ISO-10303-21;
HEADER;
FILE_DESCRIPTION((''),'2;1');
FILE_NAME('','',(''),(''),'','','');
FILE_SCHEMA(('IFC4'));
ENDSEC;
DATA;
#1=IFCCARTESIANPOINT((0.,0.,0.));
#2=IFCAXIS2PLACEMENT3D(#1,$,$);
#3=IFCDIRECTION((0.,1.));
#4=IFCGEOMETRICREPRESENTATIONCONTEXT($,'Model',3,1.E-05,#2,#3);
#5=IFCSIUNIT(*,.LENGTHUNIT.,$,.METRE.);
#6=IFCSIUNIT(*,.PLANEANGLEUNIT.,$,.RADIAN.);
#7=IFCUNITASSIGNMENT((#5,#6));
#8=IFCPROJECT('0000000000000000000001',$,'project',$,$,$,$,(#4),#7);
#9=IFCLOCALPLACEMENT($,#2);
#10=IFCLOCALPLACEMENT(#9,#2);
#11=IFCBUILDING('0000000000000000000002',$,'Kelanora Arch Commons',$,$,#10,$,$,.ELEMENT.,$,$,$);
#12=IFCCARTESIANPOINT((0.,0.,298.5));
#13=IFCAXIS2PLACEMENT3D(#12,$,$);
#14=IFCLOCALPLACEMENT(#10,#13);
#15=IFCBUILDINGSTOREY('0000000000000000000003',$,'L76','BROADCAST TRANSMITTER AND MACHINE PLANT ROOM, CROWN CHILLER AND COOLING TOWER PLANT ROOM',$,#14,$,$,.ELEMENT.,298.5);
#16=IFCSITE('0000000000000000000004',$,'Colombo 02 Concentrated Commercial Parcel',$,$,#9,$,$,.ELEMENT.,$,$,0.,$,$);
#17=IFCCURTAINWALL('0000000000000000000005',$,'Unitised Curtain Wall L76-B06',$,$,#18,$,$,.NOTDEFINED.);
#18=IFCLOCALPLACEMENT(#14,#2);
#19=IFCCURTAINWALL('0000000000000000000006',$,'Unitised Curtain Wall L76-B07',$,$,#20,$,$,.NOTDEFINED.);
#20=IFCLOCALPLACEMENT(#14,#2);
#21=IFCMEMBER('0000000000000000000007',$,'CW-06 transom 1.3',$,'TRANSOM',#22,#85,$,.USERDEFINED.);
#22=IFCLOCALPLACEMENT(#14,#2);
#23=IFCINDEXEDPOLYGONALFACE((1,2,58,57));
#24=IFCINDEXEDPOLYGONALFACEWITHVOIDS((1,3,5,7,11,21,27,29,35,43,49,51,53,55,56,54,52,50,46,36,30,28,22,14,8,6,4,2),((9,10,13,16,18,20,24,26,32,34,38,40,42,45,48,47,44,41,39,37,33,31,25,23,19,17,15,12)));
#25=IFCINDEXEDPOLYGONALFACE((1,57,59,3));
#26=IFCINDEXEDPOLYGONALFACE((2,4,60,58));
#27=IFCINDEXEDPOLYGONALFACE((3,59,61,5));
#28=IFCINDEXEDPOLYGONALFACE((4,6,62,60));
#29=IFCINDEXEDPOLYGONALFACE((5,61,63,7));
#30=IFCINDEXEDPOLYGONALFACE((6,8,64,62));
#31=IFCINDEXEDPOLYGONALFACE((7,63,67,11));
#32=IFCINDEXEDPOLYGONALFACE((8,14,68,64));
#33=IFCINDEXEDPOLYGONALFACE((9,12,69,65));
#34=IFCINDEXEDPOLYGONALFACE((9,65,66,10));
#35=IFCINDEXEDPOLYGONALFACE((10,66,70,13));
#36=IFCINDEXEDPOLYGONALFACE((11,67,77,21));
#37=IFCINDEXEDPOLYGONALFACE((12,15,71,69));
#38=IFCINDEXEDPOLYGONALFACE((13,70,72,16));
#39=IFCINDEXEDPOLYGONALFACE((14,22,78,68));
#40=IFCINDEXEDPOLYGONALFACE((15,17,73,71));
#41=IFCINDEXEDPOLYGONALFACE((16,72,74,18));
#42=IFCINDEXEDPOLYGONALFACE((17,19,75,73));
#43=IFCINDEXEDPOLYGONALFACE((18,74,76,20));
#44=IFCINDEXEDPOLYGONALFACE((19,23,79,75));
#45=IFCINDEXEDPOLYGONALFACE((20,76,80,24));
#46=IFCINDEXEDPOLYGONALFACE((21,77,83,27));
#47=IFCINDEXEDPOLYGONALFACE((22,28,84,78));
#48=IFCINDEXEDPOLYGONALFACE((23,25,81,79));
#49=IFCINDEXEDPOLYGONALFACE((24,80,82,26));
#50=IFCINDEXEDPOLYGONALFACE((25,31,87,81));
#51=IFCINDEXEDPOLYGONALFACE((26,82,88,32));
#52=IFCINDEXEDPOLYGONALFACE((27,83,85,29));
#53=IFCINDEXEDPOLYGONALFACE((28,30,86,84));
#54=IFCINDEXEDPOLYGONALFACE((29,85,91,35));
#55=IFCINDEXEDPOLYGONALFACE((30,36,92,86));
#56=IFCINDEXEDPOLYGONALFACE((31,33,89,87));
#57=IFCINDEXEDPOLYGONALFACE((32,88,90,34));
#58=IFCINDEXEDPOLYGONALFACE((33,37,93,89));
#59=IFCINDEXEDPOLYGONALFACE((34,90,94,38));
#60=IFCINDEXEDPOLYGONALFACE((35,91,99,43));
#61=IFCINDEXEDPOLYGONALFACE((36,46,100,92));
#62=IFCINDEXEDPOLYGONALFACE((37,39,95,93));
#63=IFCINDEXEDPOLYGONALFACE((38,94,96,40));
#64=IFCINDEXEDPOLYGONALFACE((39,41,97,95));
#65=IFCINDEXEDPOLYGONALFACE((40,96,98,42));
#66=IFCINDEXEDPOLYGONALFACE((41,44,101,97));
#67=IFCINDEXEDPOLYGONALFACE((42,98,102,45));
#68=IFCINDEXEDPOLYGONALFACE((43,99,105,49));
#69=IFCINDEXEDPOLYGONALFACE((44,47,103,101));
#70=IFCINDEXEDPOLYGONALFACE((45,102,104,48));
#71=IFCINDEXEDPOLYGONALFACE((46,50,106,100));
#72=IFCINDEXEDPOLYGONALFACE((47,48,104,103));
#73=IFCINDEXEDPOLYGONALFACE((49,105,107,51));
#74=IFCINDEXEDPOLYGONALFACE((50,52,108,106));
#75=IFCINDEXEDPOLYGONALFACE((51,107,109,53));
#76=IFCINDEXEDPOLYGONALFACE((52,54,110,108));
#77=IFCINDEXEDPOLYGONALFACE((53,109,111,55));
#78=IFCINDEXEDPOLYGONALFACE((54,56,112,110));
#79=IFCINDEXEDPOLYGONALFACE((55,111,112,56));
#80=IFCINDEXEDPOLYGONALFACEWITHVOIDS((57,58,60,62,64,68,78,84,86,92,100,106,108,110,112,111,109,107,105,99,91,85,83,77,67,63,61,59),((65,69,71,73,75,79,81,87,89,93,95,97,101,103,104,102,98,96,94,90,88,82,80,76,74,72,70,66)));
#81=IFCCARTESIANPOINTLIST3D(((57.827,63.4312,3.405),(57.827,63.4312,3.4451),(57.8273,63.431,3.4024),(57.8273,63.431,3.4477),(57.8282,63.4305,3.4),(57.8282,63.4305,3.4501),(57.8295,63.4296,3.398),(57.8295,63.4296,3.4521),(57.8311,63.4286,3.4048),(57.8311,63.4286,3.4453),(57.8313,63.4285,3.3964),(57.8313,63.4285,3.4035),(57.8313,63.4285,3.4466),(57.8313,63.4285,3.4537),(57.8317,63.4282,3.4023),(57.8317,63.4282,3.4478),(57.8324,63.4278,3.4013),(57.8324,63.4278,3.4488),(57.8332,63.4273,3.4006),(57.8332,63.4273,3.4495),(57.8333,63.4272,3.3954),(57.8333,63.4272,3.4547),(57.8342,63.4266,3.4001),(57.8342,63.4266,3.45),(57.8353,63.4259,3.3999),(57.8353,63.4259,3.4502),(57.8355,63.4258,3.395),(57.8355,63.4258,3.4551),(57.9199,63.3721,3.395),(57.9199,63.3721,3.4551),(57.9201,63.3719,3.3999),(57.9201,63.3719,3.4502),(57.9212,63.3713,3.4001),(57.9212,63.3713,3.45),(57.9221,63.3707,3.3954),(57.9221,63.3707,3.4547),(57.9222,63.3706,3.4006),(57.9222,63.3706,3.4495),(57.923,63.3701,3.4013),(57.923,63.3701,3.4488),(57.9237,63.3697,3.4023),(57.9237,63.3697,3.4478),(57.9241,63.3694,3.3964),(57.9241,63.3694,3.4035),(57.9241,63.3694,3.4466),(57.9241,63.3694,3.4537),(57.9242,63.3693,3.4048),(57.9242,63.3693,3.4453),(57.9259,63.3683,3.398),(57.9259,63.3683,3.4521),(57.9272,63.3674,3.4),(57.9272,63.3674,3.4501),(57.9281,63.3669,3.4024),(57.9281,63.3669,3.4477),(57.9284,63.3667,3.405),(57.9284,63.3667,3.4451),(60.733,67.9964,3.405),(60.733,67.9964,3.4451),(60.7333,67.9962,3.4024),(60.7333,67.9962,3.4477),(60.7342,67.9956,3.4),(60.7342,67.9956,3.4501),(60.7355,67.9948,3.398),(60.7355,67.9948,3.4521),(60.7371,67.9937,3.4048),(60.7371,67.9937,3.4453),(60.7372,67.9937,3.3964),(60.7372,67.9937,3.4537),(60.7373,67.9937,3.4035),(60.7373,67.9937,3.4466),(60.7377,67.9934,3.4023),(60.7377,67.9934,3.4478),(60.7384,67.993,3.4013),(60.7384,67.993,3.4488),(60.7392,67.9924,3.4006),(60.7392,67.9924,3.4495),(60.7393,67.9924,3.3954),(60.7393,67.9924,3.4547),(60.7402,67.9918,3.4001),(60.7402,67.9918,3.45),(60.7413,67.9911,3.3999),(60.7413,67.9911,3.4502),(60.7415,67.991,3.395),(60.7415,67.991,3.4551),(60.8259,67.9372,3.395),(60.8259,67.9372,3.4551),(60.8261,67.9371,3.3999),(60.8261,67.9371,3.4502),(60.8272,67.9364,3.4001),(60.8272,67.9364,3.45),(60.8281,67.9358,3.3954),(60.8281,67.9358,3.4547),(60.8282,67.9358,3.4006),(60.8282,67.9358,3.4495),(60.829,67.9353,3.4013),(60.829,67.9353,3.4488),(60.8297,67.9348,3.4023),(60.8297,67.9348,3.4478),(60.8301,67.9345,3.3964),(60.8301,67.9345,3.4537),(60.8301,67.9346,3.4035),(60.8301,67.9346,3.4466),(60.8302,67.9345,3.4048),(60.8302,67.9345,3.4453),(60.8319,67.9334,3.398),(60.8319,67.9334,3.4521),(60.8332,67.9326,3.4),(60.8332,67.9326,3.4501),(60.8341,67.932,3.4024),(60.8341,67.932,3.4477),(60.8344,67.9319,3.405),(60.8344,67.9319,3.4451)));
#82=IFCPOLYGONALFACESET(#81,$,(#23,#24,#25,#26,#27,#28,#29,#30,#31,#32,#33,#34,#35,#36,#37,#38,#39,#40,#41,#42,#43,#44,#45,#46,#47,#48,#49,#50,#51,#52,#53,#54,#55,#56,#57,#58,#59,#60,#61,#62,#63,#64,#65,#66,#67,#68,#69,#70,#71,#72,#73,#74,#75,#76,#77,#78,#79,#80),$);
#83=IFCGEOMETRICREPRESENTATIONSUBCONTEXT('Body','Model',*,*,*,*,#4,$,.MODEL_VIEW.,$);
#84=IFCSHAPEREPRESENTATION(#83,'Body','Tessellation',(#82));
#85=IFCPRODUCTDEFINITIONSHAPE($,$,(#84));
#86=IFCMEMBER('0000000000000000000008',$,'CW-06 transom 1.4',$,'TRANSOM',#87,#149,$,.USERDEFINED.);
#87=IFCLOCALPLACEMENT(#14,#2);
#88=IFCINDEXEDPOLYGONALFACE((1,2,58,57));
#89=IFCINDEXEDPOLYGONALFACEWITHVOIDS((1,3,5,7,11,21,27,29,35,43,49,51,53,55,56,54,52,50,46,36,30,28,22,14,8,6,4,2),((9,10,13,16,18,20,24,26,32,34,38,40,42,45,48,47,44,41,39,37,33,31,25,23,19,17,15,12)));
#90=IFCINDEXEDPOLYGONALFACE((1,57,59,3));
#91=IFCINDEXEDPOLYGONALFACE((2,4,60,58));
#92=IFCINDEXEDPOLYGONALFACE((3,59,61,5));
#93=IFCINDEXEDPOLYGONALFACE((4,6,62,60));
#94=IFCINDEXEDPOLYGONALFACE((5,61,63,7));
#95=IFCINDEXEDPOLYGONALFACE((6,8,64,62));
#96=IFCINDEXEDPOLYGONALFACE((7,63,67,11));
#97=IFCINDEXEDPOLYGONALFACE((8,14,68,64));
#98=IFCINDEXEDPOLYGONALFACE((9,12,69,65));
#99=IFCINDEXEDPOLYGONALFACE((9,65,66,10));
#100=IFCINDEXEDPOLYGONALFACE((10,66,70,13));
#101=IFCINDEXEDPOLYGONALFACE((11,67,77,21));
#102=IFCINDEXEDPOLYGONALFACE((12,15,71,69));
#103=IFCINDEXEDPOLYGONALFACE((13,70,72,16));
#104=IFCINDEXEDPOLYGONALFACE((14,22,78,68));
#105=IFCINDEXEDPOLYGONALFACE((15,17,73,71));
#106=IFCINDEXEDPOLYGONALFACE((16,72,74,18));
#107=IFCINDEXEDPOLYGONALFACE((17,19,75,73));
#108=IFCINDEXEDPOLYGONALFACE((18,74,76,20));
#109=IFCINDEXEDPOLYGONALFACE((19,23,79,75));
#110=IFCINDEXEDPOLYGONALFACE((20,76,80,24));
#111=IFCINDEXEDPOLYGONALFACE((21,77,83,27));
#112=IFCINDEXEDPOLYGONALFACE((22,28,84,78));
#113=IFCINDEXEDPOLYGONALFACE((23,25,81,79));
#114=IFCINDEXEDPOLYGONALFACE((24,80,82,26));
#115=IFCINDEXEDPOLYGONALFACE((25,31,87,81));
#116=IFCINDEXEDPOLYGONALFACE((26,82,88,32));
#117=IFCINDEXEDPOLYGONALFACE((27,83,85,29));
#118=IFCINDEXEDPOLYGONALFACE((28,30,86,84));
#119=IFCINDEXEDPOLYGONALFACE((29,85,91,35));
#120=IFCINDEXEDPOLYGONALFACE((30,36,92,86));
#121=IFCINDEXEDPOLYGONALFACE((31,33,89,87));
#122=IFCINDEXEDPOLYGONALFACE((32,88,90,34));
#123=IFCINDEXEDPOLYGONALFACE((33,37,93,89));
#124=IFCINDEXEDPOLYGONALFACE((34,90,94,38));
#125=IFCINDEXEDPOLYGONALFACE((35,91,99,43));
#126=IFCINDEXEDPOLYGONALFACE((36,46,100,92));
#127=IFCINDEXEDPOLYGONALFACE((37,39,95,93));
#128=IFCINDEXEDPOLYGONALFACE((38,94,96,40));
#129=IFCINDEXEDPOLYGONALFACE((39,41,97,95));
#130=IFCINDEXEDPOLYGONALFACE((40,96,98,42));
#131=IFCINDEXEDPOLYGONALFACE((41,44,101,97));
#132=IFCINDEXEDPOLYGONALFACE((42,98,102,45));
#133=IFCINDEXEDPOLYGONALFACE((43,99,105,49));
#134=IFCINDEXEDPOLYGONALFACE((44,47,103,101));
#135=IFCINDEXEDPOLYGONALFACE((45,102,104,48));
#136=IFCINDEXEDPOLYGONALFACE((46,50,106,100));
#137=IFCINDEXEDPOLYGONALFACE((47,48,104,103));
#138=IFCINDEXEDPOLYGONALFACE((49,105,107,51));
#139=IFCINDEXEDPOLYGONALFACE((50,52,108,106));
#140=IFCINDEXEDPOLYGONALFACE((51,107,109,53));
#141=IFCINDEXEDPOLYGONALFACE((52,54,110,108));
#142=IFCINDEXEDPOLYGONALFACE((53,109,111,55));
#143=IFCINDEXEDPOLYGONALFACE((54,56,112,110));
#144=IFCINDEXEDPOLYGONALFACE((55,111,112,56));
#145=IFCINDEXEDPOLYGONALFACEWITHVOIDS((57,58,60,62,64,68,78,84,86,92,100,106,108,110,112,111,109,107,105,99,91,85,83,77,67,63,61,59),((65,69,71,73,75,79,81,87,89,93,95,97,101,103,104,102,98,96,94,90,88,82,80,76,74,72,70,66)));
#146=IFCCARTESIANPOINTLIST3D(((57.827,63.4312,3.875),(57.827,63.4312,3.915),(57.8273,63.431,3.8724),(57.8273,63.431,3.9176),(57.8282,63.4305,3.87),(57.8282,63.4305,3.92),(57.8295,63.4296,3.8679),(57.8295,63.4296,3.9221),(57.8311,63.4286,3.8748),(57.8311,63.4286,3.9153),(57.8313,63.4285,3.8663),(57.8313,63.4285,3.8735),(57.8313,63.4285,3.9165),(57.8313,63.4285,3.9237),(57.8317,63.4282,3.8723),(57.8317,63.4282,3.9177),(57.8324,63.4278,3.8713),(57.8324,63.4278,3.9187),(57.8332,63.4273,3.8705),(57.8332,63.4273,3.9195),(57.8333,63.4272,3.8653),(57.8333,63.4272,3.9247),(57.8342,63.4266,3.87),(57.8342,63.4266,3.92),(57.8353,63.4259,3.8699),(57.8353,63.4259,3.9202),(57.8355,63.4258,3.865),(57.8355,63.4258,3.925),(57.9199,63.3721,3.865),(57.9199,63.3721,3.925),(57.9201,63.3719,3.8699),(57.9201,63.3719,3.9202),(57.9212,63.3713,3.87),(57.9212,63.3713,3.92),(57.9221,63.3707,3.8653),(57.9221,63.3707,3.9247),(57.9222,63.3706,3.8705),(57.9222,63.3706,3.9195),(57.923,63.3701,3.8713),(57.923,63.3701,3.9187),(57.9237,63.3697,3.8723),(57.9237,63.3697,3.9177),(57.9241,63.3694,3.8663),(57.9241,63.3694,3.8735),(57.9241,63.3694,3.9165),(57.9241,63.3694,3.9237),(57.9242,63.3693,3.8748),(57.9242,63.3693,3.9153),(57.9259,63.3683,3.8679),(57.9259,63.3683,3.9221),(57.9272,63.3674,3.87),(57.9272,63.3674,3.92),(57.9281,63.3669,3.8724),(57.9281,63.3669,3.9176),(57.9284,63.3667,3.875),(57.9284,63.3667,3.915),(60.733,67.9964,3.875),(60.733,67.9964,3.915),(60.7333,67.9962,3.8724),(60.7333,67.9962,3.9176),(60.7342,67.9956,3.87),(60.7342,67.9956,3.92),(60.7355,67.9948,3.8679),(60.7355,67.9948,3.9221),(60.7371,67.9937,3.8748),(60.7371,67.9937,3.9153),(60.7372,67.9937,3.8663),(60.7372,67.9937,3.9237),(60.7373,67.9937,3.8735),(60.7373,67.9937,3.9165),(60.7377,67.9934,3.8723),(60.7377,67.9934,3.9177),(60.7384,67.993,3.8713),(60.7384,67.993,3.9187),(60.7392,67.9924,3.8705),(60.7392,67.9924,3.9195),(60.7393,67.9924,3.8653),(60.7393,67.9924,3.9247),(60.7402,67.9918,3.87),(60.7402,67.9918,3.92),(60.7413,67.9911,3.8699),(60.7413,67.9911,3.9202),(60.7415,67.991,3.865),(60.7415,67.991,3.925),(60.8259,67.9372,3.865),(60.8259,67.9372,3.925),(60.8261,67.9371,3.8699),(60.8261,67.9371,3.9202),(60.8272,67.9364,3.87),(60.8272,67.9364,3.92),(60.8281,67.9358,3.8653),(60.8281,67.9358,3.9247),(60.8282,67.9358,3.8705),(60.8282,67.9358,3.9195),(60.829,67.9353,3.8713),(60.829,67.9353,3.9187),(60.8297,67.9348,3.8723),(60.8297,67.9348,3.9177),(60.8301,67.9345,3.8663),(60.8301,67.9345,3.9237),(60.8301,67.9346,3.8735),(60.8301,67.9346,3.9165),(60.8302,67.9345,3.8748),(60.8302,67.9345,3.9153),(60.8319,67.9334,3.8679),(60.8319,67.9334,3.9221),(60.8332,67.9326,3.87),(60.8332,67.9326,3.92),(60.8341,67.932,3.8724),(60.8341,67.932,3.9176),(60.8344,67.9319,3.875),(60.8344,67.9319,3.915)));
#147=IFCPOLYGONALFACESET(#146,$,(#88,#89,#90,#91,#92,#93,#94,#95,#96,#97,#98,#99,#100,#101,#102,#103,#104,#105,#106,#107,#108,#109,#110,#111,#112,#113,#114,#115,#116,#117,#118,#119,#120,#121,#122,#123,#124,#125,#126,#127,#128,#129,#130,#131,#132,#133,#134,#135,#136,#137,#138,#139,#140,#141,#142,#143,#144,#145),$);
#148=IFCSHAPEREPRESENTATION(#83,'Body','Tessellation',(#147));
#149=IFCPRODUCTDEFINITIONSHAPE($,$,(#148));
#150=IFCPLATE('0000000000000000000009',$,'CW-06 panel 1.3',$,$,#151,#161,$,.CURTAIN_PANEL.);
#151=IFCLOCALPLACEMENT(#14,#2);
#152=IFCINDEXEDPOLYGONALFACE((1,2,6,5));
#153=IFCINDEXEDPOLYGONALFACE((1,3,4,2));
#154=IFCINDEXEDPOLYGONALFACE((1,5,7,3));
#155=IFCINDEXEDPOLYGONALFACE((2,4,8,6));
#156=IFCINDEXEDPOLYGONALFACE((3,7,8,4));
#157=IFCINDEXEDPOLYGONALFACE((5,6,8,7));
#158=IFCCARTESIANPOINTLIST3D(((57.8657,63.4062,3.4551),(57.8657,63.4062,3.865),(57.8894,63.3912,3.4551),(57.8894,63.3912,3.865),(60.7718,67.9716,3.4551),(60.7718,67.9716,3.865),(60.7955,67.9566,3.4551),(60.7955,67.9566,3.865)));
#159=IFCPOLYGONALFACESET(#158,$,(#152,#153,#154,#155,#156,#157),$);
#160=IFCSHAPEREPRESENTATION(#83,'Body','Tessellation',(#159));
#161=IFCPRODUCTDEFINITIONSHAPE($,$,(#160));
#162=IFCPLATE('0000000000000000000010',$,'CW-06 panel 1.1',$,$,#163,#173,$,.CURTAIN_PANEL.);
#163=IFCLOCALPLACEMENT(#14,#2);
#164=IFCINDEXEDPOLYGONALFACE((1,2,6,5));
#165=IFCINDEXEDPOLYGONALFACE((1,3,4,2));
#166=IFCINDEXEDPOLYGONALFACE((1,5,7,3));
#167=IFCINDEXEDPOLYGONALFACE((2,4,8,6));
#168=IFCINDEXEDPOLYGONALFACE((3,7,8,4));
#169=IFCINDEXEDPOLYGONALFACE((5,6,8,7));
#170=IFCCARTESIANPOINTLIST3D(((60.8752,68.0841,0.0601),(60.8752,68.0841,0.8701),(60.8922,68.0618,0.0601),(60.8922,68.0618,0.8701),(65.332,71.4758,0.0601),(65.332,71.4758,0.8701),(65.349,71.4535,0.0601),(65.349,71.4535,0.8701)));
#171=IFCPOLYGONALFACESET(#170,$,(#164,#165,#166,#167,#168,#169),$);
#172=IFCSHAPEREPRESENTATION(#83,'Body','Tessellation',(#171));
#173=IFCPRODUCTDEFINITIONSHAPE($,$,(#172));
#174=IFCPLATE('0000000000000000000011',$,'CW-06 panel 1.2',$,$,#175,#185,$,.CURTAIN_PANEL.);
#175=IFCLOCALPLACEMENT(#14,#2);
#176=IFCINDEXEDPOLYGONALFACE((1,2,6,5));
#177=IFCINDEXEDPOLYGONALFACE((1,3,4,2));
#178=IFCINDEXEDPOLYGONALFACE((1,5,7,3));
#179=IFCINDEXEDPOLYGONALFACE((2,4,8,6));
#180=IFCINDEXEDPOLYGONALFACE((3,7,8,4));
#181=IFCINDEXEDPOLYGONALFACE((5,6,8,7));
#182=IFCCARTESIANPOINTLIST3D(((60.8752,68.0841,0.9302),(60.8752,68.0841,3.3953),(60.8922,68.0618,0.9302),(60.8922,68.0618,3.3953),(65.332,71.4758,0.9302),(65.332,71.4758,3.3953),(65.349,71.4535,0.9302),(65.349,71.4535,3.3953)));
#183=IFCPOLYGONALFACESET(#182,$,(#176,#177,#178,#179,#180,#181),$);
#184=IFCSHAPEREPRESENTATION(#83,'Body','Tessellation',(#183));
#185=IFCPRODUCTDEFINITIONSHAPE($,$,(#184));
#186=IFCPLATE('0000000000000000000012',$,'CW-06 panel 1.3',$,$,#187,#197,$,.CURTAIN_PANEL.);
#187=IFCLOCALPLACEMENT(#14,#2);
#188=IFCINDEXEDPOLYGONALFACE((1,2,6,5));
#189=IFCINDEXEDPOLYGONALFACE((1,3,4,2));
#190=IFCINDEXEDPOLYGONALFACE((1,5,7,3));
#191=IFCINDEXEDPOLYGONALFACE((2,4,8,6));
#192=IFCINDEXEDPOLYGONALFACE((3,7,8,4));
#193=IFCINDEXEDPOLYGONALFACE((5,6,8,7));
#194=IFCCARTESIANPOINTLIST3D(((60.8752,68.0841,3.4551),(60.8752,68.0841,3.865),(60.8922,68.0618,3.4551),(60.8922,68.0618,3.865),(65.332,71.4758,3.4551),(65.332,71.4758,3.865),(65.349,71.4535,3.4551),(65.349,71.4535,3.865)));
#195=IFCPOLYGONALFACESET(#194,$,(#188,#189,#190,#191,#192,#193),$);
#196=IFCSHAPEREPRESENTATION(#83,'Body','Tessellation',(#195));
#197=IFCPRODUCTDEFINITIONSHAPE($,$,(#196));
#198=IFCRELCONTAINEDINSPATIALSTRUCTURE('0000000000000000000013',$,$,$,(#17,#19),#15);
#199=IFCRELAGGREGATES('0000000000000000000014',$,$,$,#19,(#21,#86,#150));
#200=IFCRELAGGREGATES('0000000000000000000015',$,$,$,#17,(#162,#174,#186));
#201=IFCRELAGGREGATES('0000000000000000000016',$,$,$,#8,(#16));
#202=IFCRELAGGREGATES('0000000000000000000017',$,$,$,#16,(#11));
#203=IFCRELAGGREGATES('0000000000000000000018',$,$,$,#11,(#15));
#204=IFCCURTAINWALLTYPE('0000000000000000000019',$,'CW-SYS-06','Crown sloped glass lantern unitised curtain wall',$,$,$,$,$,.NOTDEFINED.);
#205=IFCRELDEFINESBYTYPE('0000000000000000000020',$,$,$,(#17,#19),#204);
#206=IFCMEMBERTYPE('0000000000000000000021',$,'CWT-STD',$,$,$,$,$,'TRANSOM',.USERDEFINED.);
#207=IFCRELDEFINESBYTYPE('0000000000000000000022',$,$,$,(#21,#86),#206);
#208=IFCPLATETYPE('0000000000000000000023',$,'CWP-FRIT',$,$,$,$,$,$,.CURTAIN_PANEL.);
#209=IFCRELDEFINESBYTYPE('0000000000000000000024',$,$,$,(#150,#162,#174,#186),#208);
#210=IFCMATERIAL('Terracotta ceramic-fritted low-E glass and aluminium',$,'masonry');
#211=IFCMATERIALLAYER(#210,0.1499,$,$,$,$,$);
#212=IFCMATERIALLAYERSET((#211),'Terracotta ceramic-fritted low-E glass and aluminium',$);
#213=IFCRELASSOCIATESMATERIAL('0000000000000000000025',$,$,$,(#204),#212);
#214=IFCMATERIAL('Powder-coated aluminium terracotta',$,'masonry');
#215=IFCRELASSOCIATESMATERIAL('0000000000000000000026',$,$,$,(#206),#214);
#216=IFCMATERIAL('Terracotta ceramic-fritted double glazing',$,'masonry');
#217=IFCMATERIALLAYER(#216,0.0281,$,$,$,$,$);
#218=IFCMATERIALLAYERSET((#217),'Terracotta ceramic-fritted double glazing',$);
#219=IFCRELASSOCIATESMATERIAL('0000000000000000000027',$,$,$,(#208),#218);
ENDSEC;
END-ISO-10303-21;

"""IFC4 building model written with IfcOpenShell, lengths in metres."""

from ifc_helpers import new_model, si_unit, direction, frame, origin, origin_2d, place, context, subcontext, project, spatial, rectangle, hollow_rectangle, extrude, source, transform, mapped, material, layer, layer_set, material_profile, profile_set, type_object, element, aggregate, save


model = new_model("IFC4")

# Units and contexts
model_context = context("Model", 3, precision=1e-05, world=origin(), true_north=direction((0.0, 1.0)))
body_context = subcontext(model_context, "Body", "Model", "MODEL_VIEW")
ifc_project = project(units=[si_unit("LENGTHUNIT", "METRE"), si_unit("PLANEANGLEUNIT", "RADIAN")], contexts=[model_context])

# Site, building, storey
site_placement = place(None, origin())
site = spatial("IfcSite", under=ifc_project, at=site_placement, Name="Colombo 02 Concentrated Commercial Parcel", CompositionType="ELEMENT", RefElevation=0.0)
building_placement = place(site_placement, origin())
building = spatial("IfcBuilding", under=site, at=building_placement, Name="Kelanora Arch Commons", CompositionType="ELEMENT")
storey_placement = place(building_placement, frame((0.0, 0.0, 298.5)))
storey = spatial("IfcBuildingStorey", under=building, at=storey_placement, Name="L76", Description="BROADCAST TRANSMITTER AND MACHINE PLANT ROOM, CROWN CHILLER AND COOLING TOWER PLANT ROOM", CompositionType="ELEMENT", Elevation=298.5)

# Shared definitions
ifc_material_1 = material(Name="Terracotta ceramic-fritted low-E glass and aluminium", Category="masonry")
ifc_layer_1 = layer(ifc_material_1, 0.1499)
ifc_layer_set_1 = layer_set([ifc_layer_1], Name="Terracotta ceramic-fritted low-E glass and aluminium")
curtain_wall_type = type_object("IfcCurtainWallType", Name="CW-SYS-06", Description="Crown sloped glass lantern unitised curtain wall", PredefinedType="NOTDEFINED", material=ifc_layer_set_1)
ifc_material_2 = material(Name="Powder-coated aluminium terracotta", Category="masonry")

# Curtain wall
curtain_wall_1_placement = place(storey_placement, origin())
curtain_wall_1 = element("IfcCurtainWall", 1, at=curtain_wall_1_placement, inside=storey, type_object=curtain_wall_type, Name="Unitised Curtain Wall L76-B06", PredefinedType="NOTDEFINED")

# Curtain wall
curtain_wall_2_placement = place(storey_placement, origin())
curtain_wall_2 = element("IfcCurtainWall", 2, at=curtain_wall_2_placement, inside=storey, type_object=curtain_wall_type, Name="Unitised Curtain Wall L76-B07", PredefinedType="NOTDEFINED")

# Members
ifc_material_profile_1 = material_profile(ifc_material_2, hollow_rectangle(XDim=0.1201, YDim=0.0601, WallThickness=0.0049, InnerFilletRadius=0.0049, OuterFilletRadius=0.01, at=origin_2d()), Name="CWT120x60")
ifc_profile_set_1 = profile_set([ifc_material_profile_1], Name="Powder-coated aluminium terracotta")
member_type_1 = type_object("IfcMemberType", Name="CWT-STD", ElementType="TRANSOM", PredefinedType="USERDEFINED", material=ifc_profile_set_1)
member_1_placement = place(storey_placement, frame((60.7837, 67.9641, 3.425), z_axis=(-0.536992, -0.843587, 0.0), x_axis=(0.843587, -0.536992, 0.0)))
member_1 = element("IfcMember", 3, at=member_1_placement, type_object=member_type_1, Name="CW-06 transom 1.3", ObjectType="TRANSOM", PredefinedType="USERDEFINED", context=body_context, shape_type="SweptSolid", body=[
    extrude(hollow_rectangle(XDim=0.1201, YDim=0.0601, WallThickness=0.0049, InnerFilletRadius=0.0049, OuterFilletRadius=0.01, at=origin_2d()), origin(), (0.0, 0.0, 1.0), 5.4116),
])
member_2_placement = place(storey_placement, frame((60.7837, 67.9641, 3.895), z_axis=(-0.536992, -0.843587, 0.0), x_axis=(0.843587, -0.536992, 0.0)))
member_2 = element("IfcMember", 4, at=member_2_placement, type_object=member_type_1, Name="CW-06 transom 1.4", ObjectType="TRANSOM", PredefinedType="USERDEFINED", context=body_context, shape_type="SweptSolid", body=[
    extrude(hollow_rectangle(XDim=0.1201, YDim=0.0601, WallThickness=0.0049, InnerFilletRadius=0.0049, OuterFilletRadius=0.01, at=origin_2d()), origin(), (0.0, 0.0, 1.0), 5.4116),
])

# Plates
ifc_material_3 = material(Name="Terracotta ceramic-fritted double glazing", Category="masonry")
ifc_layer_2 = layer(ifc_material_3, 0.0281)
ifc_layer_set_2 = layer_set([ifc_layer_2], Name="Terracotta ceramic-fritted double glazing")
plate_type = type_object("IfcPlateType", Name="CWP-FRIT", PredefinedType="CURTAIN_PANEL", material=ifc_layer_set_2)
shared_shape_1 = source(origin(), body_context, "Body", "SweptSolid", [
    extrude(rectangle(XDim=5.4119, YDim=0.0281, at=origin_2d()), origin(), (0.0, 0.0, 1.0), 0.4099),
])
plate_1_placement = place(storey_placement, frame((59.3306, 65.6814, 3.4551), z_axis=(0.0, 0.0, 1.0), x_axis=(-0.536984, -0.843592, 0.0)))
plate_1 = element("IfcPlate", 5, at=plate_1_placement, type_object=plate_type, Name="CW-06 panel 1.3", PredefinedType="CURTAIN_PANEL", context=body_context, shape_type="MappedRepresentation", body=[
    mapped(shared_shape_1, transform((0.0, 0.0, 0.0), scale=1.0)),
])
aggregate(curtain_wall_2, [member_1, member_2, plate_1])
shared_shape_2 = source(origin(), body_context, "Body", "SweptSolid", [
    extrude(rectangle(XDim=5.6006, YDim=0.0281, at=origin_2d()), origin(), (0.0, 0.0, 1.0), 0.8101),
])
plate_2_placement = place(storey_placement, frame((63.1121, 69.7688, 0.0601), z_axis=(0.0, 0.0, 1.0), x_axis=(-0.795772, -0.605596, 0.0)))
plate_2 = element("IfcPlate", 6, at=plate_2_placement, type_object=plate_type, Name="CW-06 panel 1.1", PredefinedType="CURTAIN_PANEL", context=body_context, shape_type="MappedRepresentation", body=[
    mapped(shared_shape_2, transform((0.0, 0.0, 0.0), scale=1.0)),
])
shared_shape_3 = source(origin(), body_context, "Body", "SweptSolid", [
    extrude(rectangle(XDim=5.6006, YDim=0.0281, at=origin_2d()), origin(), (0.0, 0.0, 1.0), 2.4651),
])
plate_3_placement = place(storey_placement, frame((63.1121, 69.7688, 0.9302), z_axis=(0.0, 0.0, 1.0), x_axis=(-0.795772, -0.605596, 0.0)))
plate_3 = element("IfcPlate", 7, at=plate_3_placement, type_object=plate_type, Name="CW-06 panel 1.2", PredefinedType="CURTAIN_PANEL", context=body_context, shape_type="MappedRepresentation", body=[
    mapped(shared_shape_3, transform((0.0, 0.0, 0.0), scale=1.0)),
])
shared_shape_4 = source(origin(), body_context, "Body", "SweptSolid", [
    extrude(rectangle(XDim=5.6006, YDim=0.0281, at=origin_2d()), origin(), (0.0, 0.0, 1.0), 0.4099),
])
plate_4_placement = place(storey_placement, frame((63.1121, 69.7688, 3.4551), z_axis=(0.0, 0.0, 1.0), x_axis=(-0.795772, -0.605596, 0.0)))
plate_4 = element("IfcPlate", 8, at=plate_4_placement, type_object=plate_type, Name="CW-06 panel 1.3", PredefinedType="CURTAIN_PANEL", context=body_context, shape_type="MappedRepresentation", body=[
    mapped(shared_shape_4, transform((0.0, 0.0, 0.0), scale=1.0)),
])
aggregate(curtain_wall_1, [plate_2, plate_3, plate_4])

save(model, "model.ifc")
